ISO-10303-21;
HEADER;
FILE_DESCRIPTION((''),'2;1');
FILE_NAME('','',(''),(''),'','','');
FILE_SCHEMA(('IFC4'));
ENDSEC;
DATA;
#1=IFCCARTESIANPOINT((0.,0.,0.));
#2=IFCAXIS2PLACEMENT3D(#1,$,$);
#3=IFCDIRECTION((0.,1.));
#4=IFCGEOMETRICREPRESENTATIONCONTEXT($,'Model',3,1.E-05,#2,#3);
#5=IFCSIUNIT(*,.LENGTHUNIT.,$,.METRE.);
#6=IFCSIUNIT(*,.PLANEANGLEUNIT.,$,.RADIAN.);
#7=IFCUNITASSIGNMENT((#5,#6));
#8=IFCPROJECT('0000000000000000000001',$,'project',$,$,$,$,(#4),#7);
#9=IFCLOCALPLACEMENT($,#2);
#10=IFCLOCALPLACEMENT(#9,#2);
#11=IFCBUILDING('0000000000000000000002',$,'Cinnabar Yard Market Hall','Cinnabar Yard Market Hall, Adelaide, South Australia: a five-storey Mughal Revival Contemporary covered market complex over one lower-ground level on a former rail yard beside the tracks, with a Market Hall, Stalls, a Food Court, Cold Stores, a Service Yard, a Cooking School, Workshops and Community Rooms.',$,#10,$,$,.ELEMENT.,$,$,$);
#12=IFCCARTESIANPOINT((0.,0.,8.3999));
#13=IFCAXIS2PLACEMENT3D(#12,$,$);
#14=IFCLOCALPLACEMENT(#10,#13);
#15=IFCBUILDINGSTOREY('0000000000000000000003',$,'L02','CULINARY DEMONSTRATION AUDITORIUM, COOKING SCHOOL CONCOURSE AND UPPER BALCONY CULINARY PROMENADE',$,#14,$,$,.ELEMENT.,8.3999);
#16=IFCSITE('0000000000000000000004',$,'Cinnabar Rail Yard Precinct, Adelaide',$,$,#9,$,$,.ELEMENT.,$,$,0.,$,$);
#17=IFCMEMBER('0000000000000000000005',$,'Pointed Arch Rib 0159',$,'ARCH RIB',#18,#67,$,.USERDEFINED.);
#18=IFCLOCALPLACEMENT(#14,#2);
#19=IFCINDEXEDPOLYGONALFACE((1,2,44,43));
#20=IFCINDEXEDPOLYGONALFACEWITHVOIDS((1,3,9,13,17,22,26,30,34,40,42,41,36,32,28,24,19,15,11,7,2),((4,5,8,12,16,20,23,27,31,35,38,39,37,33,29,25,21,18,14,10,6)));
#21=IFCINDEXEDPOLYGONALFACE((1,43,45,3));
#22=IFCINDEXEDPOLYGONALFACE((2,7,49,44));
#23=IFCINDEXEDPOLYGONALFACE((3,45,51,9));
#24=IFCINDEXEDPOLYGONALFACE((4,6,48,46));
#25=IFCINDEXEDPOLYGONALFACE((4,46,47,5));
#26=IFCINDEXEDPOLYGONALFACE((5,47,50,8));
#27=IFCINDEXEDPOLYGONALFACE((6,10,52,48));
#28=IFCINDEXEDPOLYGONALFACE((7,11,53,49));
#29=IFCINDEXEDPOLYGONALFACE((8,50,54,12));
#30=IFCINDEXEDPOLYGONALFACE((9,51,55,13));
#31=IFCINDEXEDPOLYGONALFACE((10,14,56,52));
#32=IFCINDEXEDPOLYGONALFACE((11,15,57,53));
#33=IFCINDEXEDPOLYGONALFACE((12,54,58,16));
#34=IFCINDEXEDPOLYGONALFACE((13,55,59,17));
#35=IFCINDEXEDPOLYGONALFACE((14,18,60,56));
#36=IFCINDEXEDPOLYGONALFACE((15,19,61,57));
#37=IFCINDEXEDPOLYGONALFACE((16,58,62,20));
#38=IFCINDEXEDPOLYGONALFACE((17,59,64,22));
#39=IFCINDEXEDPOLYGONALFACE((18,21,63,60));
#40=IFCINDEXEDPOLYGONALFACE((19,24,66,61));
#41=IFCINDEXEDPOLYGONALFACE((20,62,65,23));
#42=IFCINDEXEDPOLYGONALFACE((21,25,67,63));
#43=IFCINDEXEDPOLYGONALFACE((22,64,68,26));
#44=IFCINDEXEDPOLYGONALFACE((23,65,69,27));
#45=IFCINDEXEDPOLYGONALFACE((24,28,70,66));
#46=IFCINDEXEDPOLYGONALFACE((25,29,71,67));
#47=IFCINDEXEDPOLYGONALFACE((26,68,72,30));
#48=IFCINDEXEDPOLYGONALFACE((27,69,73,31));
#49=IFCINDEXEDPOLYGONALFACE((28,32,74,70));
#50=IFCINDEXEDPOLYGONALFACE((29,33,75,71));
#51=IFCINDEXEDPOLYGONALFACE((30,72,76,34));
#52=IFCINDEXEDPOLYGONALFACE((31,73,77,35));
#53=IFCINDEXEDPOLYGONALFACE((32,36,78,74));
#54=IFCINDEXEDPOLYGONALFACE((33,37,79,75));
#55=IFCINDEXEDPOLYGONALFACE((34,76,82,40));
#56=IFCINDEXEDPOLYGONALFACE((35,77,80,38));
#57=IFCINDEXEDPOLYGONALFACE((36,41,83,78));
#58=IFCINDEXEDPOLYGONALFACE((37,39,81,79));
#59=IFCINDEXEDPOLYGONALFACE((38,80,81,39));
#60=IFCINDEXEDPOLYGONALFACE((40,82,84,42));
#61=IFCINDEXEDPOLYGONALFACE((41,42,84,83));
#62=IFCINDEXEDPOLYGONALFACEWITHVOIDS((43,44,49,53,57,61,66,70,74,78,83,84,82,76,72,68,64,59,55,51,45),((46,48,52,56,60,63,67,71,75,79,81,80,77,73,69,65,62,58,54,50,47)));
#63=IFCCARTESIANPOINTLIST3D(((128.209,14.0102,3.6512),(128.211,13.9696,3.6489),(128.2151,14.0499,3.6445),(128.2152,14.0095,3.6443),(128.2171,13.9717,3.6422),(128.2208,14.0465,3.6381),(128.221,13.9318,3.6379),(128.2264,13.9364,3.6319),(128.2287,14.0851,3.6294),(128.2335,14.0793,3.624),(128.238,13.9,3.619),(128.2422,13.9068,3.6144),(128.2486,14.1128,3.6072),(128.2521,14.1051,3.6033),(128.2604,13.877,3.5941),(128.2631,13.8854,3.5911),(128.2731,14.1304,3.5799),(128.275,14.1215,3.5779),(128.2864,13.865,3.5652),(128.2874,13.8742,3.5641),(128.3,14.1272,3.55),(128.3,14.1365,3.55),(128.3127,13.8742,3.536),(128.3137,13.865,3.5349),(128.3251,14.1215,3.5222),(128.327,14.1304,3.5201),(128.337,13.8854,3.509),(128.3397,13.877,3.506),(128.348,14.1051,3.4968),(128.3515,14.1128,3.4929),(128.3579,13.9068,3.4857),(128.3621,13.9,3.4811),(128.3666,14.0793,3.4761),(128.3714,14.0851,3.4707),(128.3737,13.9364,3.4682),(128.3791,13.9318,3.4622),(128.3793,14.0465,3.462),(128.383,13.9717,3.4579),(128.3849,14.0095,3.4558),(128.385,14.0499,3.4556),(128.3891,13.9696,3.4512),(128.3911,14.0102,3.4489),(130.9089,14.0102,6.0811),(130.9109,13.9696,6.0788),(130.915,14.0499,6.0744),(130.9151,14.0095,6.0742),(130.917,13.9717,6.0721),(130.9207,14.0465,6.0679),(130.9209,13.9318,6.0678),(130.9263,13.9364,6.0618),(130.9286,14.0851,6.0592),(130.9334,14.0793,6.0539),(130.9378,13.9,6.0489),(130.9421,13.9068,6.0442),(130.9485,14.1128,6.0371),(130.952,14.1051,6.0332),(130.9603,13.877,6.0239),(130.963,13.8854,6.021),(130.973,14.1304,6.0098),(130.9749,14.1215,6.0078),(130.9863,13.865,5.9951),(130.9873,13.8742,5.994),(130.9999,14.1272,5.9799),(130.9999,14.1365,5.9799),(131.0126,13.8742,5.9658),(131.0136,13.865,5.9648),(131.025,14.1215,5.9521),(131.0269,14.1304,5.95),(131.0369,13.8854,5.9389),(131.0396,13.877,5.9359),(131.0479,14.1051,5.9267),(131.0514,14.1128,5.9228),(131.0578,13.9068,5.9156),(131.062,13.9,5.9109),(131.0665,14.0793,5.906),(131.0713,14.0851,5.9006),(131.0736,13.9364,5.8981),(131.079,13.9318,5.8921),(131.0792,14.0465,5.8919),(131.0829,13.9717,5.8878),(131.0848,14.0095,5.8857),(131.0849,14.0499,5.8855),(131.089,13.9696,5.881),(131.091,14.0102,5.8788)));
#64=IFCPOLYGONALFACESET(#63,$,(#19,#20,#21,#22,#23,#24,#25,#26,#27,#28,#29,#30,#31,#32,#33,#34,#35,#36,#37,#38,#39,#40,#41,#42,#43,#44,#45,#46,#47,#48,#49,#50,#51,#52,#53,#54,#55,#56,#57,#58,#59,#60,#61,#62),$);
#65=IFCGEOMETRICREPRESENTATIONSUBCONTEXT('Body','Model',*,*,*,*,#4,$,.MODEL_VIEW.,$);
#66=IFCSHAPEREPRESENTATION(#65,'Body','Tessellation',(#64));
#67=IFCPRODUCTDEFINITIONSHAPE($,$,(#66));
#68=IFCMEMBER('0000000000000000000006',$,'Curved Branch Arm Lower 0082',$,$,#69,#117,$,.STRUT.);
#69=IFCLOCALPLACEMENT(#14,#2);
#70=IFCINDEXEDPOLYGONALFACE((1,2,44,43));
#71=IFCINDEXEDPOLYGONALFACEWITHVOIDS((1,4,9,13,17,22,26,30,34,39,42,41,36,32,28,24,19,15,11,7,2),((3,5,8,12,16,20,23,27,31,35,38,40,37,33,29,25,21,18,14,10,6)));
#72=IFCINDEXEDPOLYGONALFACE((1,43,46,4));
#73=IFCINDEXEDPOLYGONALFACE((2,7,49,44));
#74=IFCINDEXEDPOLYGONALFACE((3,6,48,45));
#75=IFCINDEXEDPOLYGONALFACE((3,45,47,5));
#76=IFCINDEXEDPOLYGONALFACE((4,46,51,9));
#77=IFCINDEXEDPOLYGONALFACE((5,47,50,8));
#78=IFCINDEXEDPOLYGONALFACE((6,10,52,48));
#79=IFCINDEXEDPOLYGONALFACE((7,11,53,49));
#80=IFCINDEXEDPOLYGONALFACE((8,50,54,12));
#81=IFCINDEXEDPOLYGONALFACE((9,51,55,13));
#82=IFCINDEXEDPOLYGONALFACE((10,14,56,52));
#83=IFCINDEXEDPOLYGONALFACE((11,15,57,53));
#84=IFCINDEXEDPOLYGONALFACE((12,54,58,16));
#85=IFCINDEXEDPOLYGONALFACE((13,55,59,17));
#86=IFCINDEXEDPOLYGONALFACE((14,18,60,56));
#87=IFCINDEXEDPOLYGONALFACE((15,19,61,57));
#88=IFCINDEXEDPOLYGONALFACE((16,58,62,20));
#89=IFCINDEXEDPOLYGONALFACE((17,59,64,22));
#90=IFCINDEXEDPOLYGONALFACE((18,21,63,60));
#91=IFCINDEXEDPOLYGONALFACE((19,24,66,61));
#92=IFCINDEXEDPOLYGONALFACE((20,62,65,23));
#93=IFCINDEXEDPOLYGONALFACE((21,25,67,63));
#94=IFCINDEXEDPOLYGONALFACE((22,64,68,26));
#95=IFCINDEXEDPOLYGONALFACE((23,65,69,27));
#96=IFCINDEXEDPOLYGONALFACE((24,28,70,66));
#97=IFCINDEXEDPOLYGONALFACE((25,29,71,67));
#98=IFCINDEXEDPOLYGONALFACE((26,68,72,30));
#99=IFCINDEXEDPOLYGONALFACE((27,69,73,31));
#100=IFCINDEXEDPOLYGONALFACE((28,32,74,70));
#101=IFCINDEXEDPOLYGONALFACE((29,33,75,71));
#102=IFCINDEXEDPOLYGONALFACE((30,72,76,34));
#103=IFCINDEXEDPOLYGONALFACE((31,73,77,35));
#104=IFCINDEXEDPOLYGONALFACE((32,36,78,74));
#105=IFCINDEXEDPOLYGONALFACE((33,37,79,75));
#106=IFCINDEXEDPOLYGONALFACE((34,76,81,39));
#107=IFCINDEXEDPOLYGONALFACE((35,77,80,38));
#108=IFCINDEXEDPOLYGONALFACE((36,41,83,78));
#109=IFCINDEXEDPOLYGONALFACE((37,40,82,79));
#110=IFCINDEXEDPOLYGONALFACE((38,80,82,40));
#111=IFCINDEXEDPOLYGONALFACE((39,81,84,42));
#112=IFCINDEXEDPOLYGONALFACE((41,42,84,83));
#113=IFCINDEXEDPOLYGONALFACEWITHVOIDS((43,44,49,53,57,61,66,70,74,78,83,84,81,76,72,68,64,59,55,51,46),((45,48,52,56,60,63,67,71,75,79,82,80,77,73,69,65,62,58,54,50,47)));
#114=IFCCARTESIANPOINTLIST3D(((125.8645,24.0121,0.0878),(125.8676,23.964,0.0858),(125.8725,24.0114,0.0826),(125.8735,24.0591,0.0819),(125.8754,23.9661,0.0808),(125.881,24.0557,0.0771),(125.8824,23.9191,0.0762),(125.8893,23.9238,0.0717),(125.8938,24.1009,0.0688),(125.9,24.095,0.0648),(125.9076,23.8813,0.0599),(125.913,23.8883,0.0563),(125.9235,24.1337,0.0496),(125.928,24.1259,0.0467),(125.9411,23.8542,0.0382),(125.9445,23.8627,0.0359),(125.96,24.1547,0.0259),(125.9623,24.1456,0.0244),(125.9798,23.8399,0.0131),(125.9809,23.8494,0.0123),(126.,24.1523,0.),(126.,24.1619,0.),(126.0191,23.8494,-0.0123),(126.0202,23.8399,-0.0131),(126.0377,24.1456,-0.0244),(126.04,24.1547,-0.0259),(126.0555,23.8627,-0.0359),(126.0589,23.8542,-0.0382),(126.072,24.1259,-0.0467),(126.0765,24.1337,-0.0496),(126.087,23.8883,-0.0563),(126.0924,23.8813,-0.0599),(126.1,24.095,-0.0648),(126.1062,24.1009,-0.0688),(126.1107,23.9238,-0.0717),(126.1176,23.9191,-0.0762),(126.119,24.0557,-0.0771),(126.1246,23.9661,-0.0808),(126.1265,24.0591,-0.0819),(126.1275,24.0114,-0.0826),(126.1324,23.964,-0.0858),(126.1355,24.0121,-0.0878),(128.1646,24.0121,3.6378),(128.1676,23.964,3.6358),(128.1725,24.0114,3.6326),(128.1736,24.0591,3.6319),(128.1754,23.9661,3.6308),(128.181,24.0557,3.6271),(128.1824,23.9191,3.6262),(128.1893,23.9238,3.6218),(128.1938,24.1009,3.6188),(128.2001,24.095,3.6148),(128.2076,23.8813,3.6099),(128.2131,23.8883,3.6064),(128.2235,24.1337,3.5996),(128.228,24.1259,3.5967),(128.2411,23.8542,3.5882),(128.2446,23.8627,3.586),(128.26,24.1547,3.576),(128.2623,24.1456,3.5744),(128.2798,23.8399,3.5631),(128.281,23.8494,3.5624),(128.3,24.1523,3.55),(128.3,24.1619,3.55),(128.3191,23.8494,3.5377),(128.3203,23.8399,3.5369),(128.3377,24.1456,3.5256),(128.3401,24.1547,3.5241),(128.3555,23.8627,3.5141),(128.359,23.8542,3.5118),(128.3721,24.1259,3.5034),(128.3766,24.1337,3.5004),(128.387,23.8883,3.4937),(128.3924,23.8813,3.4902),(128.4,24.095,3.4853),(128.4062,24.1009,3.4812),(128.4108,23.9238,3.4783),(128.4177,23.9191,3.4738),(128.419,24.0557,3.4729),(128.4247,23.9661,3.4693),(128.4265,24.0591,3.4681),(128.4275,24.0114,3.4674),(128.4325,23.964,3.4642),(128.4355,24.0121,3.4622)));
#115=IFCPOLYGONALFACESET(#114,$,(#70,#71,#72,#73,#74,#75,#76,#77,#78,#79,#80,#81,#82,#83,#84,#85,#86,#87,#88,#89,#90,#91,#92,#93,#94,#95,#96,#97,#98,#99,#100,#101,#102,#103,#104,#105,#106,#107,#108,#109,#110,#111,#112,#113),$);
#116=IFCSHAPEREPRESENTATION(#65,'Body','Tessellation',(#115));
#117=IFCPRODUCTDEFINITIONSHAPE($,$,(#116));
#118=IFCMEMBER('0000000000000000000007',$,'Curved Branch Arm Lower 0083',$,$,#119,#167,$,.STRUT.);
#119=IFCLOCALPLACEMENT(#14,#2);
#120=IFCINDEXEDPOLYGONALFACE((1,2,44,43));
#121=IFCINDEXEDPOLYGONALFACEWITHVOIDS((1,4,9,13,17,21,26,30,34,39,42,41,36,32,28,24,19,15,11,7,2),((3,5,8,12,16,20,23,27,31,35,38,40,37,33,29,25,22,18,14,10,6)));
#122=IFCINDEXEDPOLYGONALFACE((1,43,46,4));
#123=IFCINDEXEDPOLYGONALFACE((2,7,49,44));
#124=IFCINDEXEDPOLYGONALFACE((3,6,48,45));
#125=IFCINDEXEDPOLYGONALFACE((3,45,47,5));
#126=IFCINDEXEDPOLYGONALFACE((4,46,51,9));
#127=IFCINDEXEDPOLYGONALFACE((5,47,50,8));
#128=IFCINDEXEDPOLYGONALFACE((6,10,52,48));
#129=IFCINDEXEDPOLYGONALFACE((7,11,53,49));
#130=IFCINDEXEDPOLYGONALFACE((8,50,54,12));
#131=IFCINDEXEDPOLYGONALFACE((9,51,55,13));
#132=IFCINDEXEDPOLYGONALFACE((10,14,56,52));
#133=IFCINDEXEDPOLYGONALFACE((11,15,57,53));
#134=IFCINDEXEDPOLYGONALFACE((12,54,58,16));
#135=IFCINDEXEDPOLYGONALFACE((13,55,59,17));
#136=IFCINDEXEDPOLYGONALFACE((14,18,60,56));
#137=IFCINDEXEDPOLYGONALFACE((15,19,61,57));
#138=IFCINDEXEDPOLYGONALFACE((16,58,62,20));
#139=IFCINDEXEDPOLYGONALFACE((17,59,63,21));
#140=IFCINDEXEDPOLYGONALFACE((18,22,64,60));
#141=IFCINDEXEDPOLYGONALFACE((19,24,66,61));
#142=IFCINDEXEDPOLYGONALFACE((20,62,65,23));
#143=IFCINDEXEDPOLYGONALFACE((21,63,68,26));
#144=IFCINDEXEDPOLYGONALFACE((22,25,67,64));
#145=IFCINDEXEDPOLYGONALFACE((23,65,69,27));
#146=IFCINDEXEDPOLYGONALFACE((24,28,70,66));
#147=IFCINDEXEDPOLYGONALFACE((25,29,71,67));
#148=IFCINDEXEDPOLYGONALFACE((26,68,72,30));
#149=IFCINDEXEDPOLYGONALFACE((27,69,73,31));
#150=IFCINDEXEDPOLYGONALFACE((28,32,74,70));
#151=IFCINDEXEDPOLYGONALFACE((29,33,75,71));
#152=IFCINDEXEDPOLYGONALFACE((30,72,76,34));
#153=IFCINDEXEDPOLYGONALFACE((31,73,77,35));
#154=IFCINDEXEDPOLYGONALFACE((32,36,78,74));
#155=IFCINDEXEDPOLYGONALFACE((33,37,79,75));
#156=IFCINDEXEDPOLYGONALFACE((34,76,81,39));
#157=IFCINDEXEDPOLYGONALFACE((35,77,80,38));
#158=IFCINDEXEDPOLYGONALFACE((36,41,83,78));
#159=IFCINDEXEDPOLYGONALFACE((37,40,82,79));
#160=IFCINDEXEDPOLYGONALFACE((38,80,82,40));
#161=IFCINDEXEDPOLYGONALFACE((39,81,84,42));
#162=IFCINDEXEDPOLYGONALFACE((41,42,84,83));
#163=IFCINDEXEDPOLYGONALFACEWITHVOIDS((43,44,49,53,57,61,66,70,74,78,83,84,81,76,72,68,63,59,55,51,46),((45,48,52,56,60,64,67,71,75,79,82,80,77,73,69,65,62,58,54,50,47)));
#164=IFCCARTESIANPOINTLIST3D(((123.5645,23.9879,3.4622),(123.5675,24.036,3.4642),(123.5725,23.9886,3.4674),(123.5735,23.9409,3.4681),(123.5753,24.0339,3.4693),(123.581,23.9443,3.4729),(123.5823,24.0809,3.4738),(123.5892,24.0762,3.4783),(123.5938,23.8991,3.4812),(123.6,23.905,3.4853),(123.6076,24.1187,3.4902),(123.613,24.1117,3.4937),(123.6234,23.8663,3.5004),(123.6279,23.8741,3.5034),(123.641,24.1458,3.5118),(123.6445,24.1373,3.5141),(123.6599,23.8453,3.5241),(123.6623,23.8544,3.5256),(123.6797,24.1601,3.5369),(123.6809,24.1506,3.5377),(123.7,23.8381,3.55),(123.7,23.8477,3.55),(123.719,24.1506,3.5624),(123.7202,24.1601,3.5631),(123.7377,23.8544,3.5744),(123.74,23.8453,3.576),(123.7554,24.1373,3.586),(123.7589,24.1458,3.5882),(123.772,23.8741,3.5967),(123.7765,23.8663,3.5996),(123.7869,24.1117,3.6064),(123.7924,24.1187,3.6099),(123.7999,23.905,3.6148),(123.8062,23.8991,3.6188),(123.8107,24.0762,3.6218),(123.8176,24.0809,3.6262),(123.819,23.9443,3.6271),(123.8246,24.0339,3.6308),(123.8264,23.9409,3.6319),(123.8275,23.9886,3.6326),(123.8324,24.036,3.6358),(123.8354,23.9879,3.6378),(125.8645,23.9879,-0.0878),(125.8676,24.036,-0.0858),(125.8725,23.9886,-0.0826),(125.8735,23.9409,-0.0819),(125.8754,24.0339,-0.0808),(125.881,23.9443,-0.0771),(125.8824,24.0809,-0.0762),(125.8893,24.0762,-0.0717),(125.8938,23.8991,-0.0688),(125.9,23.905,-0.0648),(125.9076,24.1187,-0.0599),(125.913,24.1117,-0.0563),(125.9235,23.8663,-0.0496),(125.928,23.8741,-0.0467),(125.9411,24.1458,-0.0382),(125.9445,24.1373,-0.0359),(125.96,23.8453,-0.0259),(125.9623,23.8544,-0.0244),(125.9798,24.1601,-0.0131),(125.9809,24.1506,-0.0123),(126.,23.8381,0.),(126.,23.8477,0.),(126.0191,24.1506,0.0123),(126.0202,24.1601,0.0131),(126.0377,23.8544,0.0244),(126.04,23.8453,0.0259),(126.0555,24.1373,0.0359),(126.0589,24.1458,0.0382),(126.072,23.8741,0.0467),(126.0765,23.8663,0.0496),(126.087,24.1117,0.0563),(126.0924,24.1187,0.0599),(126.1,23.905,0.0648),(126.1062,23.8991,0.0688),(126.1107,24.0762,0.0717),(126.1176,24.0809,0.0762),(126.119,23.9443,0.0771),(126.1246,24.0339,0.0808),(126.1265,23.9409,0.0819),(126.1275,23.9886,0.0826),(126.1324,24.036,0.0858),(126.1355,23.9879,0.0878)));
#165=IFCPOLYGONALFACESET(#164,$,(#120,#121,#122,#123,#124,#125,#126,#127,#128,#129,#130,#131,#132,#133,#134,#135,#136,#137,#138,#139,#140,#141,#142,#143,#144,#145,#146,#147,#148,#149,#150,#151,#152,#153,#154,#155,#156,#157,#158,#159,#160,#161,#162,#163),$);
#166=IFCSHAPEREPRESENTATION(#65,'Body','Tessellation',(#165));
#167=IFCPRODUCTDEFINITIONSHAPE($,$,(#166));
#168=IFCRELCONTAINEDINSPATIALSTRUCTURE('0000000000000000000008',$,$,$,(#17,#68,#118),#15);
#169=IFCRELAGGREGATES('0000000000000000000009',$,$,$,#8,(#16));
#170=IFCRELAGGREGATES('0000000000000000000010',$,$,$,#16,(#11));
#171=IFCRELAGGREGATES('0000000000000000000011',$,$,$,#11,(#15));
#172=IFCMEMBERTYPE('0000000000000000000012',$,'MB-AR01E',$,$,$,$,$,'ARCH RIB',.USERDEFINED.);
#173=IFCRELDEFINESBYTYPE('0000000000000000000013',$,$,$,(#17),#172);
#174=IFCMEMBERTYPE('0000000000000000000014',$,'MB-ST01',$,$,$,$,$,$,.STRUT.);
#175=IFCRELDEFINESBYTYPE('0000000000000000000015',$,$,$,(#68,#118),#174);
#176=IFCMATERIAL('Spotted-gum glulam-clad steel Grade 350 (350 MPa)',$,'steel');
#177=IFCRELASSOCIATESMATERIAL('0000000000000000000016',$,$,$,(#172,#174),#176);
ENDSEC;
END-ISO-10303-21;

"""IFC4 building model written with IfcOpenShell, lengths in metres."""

from ifc_helpers import new_model, si_unit, direction, frame, origin, origin_2d_with_axis, place, context, subcontext, project, spatial, hollow_circle, extrude, material, material_profile, profile_set, type_object, element, save


model = new_model("IFC4")

# Units and contexts
model_context = context("Model", 3, precision=1e-05, world=origin(), true_north=direction((0.0, 1.0)))
body_context = subcontext(model_context, "Body", "Model", "MODEL_VIEW")
ifc_project = project(units=[si_unit("LENGTHUNIT", "METRE"), si_unit("PLANEANGLEUNIT", "RADIAN")], contexts=[model_context])

# Site, building, storey
site_placement = place(None, origin())
site = spatial("IfcSite", under=ifc_project, at=site_placement, Name="Cinnabar Rail Yard Precinct, Adelaide", CompositionType="ELEMENT", RefElevation=0.0)
building_placement = place(site_placement, origin())
building = spatial("IfcBuilding", under=site, at=building_placement, Name="Cinnabar Yard Market Hall", Description="Cinnabar Yard Market Hall, Adelaide, South Australia: a five-storey Mughal Revival Contemporary covered market complex over one lower-ground level on a former rail yard beside the tracks, with a Market Hall, Stalls, a Food Court, Cold Stores, a Service Yard, a Cooking School, Workshops and Community Rooms.", CompositionType="ELEMENT")
storey_placement = place(building_placement, frame((0.0, 0.0, 8.3999)))
storey = spatial("IfcBuildingStorey", under=building, at=storey_placement, Name="L02", Description="CULINARY DEMONSTRATION AUDITORIUM, COOKING SCHOOL CONCOURSE AND UPPER BALCONY CULINARY PROMENADE", CompositionType="ELEMENT", Elevation=8.3999)

# Shared definitions
ifc_material_1 = material(Name="Spotted-gum glulam-clad steel Grade 350 (350 MPa)", Category="steel")

# Members
ifc_material_profile_1 = material_profile(ifc_material_1, hollow_circle(Radius=0.1365, WallThickness=0.0093, at=origin_2d_with_axis()), Name="273.1x9.3CHS")
ifc_profile_set_1 = profile_set([ifc_material_profile_1], Name="Spotted-gum glulam-clad steel Grade 350 (350 MPa)")
member_type_1 = type_object("IfcMemberType", Name="MB-AR01E", ElementType="ARCH RIB", PredefinedType="USERDEFINED", material=ifc_profile_set_1)
member_1_placement = place(storey_placement, frame((128.3, 14.0, 3.55), z_axis=(0.743297, 0.0, 0.668961), x_axis=(0.0, 1.0, 0.0)))
element("IfcMember", 1, at=member_1_placement, inside=storey, type_object=member_type_1, Name="Pointed Arch Rib 0159", ObjectType="ARCH RIB", PredefinedType="USERDEFINED", context=body_context, shape_type="SweptSolid", body=[
    extrude(hollow_circle(Radius=0.1365, WallThickness=0.0093, at=origin_2d_with_axis()), origin(), (0.0, 0.0, 1.0), 3.6323),
])
ifc_material_profile_2 = material_profile(ifc_material_1, hollow_circle(Radius=0.1619, WallThickness=0.0095, at=origin_2d_with_axis()), Name="323.9x9.5CHS")
ifc_profile_set_2 = profile_set([ifc_material_profile_2], Name="Spotted-gum glulam-clad steel Grade 350 (350 MPa)")
member_type_2 = type_object("IfcMemberType", Name="MB-ST01", PredefinedType="STRUT", material=ifc_profile_set_2)
for number, where, z_axis, x_axis, name in (
    (2, (126.0, 24.0, 0.0), (0.543744, 0.0, 0.839251), (0.0, 1.0, 0.0), "Curved Branch Arm Lower 0082"),
    (3, (126.0, 24.0, 0.0), (-0.543744, 0.0, 0.839251), (0.0, -1.0, 0.0), "Curved Branch Arm Lower 0083"),
):
    element("IfcMember", number, at=place(storey_placement, frame(where, z_axis=z_axis, x_axis=x_axis)), inside=storey, type_object=member_type_2, Name=name, PredefinedType="STRUT", context=body_context, shape_type="SweptSolid", body=[
        extrude(hollow_circle(Radius=0.1619, WallThickness=0.0095, at=origin_2d_with_axis()), origin(), (0.0, 0.0, 1.0), 4.23),
    ])

save(model, "model.ifc")
